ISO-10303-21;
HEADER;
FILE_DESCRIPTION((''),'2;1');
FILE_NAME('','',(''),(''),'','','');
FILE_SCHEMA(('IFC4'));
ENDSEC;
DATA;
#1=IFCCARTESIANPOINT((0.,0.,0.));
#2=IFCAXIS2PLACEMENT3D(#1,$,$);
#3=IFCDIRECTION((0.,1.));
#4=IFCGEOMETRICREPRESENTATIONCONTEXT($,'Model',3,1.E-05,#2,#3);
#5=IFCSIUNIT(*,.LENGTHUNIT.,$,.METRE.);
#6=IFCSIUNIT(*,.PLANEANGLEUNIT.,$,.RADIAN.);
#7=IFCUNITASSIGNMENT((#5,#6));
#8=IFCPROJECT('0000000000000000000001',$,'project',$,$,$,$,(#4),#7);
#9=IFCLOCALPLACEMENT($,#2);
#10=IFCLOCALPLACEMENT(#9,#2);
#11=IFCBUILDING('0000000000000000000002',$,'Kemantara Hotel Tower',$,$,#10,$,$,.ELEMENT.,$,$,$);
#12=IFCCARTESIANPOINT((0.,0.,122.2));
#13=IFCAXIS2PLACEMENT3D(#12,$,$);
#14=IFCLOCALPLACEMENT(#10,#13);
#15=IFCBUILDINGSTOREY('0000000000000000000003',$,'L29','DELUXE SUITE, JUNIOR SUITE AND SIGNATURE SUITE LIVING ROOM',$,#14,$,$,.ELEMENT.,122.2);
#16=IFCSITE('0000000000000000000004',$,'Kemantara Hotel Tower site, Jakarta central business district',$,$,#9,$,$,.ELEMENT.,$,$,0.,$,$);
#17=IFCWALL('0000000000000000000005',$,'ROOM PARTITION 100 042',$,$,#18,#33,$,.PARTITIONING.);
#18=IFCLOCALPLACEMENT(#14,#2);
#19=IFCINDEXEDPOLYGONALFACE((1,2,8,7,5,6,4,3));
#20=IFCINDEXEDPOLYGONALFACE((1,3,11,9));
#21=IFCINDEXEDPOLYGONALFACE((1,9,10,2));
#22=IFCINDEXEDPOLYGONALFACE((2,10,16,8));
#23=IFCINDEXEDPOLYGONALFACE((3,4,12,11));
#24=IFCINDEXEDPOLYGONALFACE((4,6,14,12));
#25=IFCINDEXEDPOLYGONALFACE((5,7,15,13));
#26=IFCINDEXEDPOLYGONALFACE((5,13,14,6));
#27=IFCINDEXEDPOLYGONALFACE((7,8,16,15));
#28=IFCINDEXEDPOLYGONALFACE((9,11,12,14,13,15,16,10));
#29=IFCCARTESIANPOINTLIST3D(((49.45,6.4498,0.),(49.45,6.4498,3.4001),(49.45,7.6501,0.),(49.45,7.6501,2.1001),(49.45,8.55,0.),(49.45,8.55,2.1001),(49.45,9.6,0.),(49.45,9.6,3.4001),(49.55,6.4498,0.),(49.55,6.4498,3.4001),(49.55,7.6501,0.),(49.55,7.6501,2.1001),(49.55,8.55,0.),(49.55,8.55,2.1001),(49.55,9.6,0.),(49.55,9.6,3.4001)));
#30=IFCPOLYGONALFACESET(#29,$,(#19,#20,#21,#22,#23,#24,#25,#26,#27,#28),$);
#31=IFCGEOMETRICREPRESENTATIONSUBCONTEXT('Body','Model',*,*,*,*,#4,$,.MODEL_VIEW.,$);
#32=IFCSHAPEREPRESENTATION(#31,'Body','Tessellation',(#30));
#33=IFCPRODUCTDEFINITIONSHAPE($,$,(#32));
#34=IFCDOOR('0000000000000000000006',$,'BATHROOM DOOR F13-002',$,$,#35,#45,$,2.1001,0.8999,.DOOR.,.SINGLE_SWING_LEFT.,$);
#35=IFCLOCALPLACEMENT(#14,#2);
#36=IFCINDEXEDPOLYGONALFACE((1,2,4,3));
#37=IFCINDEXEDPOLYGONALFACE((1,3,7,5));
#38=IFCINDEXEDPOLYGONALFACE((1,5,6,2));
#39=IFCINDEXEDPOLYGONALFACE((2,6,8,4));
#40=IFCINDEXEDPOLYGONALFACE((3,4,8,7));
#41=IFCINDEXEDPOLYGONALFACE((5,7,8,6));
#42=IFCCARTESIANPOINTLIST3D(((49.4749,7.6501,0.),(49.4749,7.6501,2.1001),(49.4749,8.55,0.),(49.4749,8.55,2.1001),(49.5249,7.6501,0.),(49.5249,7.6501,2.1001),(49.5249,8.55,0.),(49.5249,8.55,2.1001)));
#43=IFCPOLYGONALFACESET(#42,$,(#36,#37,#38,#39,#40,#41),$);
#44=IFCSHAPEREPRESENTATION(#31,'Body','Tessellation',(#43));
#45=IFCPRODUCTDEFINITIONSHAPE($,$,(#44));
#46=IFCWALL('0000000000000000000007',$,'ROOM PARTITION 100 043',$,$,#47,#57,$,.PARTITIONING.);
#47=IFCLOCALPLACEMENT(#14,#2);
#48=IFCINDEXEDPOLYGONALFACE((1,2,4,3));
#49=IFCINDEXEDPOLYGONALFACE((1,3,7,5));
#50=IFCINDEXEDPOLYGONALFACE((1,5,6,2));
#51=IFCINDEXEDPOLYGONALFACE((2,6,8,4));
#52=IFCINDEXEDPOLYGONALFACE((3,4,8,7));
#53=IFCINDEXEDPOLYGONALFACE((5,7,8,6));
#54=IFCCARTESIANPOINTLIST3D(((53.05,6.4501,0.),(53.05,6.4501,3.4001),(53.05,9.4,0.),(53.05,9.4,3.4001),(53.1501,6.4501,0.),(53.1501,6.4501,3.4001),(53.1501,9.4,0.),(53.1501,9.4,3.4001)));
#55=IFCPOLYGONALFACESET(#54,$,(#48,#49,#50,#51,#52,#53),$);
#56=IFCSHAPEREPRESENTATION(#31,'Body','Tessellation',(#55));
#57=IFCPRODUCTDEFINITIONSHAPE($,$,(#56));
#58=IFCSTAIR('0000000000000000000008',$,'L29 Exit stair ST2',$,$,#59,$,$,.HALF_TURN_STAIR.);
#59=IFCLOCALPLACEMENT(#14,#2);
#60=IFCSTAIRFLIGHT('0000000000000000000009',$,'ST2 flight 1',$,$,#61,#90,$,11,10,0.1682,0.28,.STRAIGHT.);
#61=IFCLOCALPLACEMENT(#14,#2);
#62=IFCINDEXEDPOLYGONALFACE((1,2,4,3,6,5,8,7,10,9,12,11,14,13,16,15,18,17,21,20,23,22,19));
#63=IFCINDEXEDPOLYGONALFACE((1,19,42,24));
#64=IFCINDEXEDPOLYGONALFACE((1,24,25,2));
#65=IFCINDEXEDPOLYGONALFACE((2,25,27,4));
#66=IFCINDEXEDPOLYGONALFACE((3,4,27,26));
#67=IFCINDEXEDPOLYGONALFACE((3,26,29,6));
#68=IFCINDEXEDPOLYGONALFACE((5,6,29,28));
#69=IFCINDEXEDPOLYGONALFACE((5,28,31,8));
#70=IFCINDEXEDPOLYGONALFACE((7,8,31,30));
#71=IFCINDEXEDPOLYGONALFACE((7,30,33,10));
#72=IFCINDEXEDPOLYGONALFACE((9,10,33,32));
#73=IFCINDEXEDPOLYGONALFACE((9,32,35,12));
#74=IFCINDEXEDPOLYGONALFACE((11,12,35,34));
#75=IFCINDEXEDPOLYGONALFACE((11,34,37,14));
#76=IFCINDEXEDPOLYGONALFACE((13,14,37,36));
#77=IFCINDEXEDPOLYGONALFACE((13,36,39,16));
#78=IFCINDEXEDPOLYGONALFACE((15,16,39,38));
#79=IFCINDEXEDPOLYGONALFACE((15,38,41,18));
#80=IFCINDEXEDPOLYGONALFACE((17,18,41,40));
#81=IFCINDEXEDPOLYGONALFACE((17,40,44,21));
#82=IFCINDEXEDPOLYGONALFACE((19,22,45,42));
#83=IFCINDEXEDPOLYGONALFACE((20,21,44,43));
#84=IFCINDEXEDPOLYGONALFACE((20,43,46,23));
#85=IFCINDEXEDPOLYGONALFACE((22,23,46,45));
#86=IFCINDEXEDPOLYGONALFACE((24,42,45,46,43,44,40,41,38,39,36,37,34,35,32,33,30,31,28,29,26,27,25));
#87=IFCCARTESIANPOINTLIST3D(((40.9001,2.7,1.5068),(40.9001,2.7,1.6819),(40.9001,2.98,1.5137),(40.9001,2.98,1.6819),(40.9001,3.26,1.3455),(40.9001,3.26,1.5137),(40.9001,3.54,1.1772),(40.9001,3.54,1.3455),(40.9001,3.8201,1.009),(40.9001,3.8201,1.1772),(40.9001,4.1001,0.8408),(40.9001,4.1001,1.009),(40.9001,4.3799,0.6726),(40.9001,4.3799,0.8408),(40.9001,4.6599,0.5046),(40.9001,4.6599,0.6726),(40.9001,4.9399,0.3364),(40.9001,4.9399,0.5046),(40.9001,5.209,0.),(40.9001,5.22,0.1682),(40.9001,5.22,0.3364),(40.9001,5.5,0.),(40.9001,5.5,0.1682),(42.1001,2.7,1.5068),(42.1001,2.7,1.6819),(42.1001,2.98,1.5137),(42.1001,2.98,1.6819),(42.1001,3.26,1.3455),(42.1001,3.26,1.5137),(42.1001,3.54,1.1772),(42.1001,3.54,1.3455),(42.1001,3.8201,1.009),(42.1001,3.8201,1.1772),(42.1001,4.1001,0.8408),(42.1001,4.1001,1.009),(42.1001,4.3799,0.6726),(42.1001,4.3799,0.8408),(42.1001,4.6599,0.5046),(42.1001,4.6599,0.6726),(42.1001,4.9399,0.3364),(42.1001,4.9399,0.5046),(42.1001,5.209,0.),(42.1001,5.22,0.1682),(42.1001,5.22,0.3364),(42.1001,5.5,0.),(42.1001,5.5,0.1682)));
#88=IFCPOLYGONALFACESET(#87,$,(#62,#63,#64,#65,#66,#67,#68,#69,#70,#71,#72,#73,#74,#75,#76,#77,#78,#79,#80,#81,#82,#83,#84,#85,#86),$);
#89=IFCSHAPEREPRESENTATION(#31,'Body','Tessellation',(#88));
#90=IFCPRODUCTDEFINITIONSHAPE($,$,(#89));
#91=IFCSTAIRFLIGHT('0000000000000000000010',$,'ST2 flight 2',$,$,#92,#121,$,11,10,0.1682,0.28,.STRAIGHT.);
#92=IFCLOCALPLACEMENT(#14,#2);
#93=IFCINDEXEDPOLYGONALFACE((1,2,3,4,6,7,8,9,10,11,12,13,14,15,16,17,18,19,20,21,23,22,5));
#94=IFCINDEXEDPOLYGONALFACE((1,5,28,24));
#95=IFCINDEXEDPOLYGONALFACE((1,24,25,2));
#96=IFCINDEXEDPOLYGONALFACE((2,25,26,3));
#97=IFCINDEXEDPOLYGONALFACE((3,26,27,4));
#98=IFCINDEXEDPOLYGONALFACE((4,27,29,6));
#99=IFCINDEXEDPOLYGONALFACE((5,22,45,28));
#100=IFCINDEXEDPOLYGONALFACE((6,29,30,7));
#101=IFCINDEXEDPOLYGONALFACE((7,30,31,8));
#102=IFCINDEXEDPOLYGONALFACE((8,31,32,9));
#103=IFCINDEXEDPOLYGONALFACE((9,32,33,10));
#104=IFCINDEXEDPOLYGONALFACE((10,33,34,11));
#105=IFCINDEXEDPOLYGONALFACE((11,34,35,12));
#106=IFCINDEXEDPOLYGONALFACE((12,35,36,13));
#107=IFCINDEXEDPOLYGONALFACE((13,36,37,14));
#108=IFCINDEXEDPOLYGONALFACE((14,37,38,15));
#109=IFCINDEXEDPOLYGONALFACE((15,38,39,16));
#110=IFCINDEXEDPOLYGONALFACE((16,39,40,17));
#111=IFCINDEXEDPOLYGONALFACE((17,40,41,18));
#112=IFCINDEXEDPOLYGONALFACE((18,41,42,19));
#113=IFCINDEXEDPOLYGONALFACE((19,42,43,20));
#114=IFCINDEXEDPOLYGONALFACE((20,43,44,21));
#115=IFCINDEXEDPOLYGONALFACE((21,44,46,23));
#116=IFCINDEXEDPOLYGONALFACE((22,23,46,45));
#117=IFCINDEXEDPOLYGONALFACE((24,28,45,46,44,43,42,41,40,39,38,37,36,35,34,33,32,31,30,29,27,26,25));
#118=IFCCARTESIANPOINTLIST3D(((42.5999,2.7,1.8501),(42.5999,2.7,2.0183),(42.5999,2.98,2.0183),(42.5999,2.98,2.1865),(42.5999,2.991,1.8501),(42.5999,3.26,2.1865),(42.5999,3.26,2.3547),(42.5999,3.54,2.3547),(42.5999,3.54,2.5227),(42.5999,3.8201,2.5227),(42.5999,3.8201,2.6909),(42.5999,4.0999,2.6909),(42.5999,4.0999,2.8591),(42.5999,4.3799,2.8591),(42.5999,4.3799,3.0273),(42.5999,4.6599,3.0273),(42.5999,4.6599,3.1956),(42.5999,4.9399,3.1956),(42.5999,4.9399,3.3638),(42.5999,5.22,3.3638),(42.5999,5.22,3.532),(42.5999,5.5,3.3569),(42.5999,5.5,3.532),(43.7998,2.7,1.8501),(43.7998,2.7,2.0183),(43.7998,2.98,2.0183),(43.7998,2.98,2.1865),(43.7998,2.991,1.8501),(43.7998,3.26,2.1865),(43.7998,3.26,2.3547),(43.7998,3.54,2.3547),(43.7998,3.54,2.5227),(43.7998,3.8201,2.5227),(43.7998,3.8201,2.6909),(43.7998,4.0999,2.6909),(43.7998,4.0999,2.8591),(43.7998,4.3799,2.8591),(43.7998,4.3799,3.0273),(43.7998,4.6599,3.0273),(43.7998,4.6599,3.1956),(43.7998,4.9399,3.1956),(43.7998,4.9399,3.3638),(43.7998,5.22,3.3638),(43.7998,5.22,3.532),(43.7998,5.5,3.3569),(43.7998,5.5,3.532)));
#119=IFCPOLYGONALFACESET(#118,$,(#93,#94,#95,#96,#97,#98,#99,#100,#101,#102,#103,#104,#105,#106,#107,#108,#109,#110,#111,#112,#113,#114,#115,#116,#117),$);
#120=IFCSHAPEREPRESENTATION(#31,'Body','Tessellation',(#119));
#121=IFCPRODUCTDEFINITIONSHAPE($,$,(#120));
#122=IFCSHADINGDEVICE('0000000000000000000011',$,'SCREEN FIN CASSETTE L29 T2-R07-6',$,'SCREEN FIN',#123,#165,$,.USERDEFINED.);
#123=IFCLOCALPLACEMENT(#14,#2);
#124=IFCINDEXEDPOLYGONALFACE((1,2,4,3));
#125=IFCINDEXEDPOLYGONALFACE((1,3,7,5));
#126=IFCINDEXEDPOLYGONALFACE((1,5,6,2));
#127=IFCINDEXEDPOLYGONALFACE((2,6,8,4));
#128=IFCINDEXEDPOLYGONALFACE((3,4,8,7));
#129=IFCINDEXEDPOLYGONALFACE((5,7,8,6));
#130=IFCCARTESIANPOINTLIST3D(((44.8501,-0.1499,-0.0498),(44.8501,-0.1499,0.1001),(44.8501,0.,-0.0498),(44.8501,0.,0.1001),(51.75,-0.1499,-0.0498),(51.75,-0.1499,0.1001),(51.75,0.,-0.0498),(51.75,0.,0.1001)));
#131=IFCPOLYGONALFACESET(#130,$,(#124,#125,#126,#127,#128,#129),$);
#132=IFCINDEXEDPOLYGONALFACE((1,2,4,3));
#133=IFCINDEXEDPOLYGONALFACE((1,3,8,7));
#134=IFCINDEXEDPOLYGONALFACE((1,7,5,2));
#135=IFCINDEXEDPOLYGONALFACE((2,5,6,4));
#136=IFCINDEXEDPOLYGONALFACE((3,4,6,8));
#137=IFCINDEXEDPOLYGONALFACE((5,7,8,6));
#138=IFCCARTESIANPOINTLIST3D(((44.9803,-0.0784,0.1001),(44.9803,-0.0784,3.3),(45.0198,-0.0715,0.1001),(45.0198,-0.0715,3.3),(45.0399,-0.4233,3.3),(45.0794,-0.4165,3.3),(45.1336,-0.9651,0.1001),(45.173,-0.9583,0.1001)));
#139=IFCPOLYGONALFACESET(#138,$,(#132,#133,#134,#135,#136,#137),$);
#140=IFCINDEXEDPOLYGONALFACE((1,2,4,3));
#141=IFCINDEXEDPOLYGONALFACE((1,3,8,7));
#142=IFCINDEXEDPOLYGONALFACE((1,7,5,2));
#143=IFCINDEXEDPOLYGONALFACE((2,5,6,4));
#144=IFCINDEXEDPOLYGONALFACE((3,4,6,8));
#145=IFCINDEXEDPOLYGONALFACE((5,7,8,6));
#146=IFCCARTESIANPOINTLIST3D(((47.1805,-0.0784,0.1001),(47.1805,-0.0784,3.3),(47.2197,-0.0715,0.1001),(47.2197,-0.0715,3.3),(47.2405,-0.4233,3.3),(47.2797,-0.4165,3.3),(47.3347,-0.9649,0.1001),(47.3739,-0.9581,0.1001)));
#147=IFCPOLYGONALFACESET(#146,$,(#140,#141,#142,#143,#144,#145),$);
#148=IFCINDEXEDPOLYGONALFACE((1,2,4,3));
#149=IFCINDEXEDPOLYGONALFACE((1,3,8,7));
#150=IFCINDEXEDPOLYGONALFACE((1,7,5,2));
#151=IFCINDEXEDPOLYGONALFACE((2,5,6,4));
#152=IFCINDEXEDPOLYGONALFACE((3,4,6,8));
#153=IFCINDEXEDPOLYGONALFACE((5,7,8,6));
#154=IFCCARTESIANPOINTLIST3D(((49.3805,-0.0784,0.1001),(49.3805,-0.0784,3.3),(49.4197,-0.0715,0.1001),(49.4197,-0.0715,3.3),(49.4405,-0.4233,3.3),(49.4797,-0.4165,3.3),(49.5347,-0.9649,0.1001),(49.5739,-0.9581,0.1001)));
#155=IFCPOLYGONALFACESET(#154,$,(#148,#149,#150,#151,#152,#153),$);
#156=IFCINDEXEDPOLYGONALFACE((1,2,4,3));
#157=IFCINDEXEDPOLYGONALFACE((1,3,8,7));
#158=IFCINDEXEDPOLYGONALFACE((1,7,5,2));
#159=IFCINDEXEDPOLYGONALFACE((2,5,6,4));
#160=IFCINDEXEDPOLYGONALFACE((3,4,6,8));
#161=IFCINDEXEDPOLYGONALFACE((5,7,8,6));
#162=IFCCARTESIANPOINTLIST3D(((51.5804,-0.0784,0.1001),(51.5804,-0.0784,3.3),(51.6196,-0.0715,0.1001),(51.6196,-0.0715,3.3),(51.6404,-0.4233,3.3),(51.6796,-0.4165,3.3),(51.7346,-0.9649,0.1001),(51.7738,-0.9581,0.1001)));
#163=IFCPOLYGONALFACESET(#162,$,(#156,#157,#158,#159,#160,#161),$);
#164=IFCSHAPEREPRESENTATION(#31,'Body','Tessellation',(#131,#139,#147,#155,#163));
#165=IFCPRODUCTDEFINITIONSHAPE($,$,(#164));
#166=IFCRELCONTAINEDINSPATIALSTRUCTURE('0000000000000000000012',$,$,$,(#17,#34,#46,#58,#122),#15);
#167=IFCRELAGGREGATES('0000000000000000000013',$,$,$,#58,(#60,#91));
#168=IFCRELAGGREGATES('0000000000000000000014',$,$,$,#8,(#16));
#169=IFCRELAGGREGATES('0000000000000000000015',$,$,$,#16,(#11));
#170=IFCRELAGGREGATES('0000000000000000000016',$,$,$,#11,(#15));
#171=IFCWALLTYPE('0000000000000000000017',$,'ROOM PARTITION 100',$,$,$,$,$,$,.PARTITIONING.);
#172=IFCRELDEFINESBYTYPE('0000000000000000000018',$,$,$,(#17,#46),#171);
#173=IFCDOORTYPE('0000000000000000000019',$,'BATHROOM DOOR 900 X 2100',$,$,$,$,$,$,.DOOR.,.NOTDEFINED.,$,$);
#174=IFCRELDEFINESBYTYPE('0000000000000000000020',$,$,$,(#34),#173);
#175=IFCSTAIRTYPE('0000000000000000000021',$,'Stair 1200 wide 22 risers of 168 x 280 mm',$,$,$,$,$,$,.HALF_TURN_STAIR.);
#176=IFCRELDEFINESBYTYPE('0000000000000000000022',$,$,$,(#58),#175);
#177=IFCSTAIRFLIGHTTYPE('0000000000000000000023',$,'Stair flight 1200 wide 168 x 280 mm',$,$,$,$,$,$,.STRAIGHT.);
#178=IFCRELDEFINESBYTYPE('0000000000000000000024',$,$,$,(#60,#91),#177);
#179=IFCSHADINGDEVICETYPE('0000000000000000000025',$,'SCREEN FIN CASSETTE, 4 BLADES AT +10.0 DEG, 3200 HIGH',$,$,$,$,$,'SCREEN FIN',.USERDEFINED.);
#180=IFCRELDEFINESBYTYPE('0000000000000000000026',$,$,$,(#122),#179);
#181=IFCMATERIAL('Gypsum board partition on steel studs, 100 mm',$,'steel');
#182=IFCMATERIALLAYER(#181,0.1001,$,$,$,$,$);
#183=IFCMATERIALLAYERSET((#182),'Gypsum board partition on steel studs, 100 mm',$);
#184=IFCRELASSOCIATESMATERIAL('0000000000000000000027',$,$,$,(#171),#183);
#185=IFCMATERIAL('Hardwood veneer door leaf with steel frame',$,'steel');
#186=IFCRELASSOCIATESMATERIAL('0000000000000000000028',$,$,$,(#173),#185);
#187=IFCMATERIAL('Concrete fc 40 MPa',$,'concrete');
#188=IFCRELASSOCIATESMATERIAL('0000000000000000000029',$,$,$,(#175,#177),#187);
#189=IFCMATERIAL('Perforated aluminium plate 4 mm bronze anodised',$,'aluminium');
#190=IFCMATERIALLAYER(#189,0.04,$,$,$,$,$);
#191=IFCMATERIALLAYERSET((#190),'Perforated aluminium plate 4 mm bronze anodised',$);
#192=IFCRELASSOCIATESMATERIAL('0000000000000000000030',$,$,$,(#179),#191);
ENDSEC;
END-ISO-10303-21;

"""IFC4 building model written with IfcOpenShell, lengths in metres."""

from ifc_helpers import new_model, si_unit, direction, frame, frame_2d, origin, origin_2d, place, context, subcontext, project, spatial, polyline, rectangle, outline, extrude, source, transform, mapped, material, layer, layer_set, type_object, element, fill, aggregate, save


model = new_model("IFC4")

# Units and contexts
model_context = context("Model", 3, precision=1e-05, world=origin(), true_north=direction((0.0, 1.0)))
body_context = subcontext(model_context, "Body", "Model", "MODEL_VIEW")
ifc_project = project(units=[si_unit("LENGTHUNIT", "METRE"), si_unit("PLANEANGLEUNIT", "RADIAN")], contexts=[model_context])

# Site, building, storey
site_placement = place(None, origin())
site = spatial("IfcSite", under=ifc_project, at=site_placement, Name="Kemantara Hotel Tower site, Jakarta central business district", CompositionType="ELEMENT", RefElevation=0.0)
building_placement = place(site_placement, origin())
building = spatial("IfcBuilding", under=site, at=building_placement, Name="Kemantara Hotel Tower", CompositionType="ELEMENT")
storey_placement = place(building_placement, frame((0.0, 0.0, 122.2)))
storey = spatial("IfcBuildingStorey", under=building, at=storey_placement, Name="L29", Description="DELUXE SUITE, JUNIOR SUITE AND SIGNATURE SUITE LIVING ROOM", CompositionType="ELEMENT", Elevation=122.2)

# Shared definitions
ifc_material_1 = material(Name="Hardwood veneer door leaf with steel frame", Category="steel")

# Shared definitions
ifc_material_2 = material(Name="Gypsum board partition on steel studs, 100 mm", Category="steel")
ifc_layer_1 = layer(ifc_material_2, 0.1001)
ifc_layer_set_1 = layer_set([ifc_layer_1], Name="Gypsum board partition on steel studs, 100 mm")
wall_type_1 = type_object("IfcWallType", Name="ROOM PARTITION 100", PredefinedType="PARTITIONING", material=ifc_layer_set_1)

# Wall, opening, door
wall_1_placement = place(storey_placement, frame((49.5, 9.6001, 0.0), z_axis=(0.0, 0.0, 1.0), x_axis=(0.0, -1.0, 0.0)))
wall_1 = element("IfcWall", 1, at=wall_1_placement, inside=storey, type_object=wall_type_1, Name="ROOM PARTITION 100 042", PredefinedType="PARTITIONING", context=body_context, shape_type="SweptSolid", body=[
    extrude(rectangle(XDim=3.1501, YDim=0.1001, at=frame_2d((1.5752, 0.0))), origin(), (0.0, 0.0, 1.0), 3.4001),
])
opening_1_placement = place(wall_1_placement, frame((1.05, 0.0, 0.0)))
opening_1 = element("IfcOpeningElement", 2, at=opening_1_placement, cuts=wall_1, PredefinedType="OPENING", context=body_context, shape_type="SweptSolid", body=[
    extrude(rectangle(XDim=0.8999, YDim=2.1001, at=frame_2d((0.45, 1.05))), frame((0.0, 0.0601, 0.0), z_axis=(0.0, -1.0, 0.0), x_axis=(1.0, 0.0, 0.0)), (0.0, 0.0, 1.0), 0.1201),
])
door_type_1 = type_object("IfcDoorType", Name="BATHROOM DOOR 900 X 2100", OperationType="NOTDEFINED", PredefinedType="DOOR", material=ifc_material_1)
door_1_placement = place(opening_1_placement, origin())
door_1 = element("IfcDoor", 3, at=door_1_placement, inside=storey, type_object=door_type_1, Name="BATHROOM DOOR F13-002", OperationType="SINGLE_SWING_LEFT", OverallHeight=2.1001, OverallWidth=0.8999, PredefinedType="DOOR", context=body_context, shape_type="SweptSolid", body=[
    extrude(rectangle(XDim=0.8999, YDim=2.1001, at=frame_2d((0.45, 1.05))), frame((0.0, 0.0249, 0.0), z_axis=(0.0, -1.0, 0.0), x_axis=(1.0, 0.0, 0.0)), (0.0, 0.0, 1.0), 0.05),
])
fill(opening_1, door_1)

# Wall
wall_2_placement = place(storey_placement, frame((53.1001, 6.45, 0.0), z_axis=(0.0, 0.0, 1.0), x_axis=(0.0, 1.0, 0.0)))
element("IfcWall", 4, at=wall_2_placement, inside=storey, type_object=wall_type_1, Name="ROOM PARTITION 100 043", PredefinedType="PARTITIONING", context=body_context, shape_type="SweptSolid", body=[
    extrude(rectangle(XDim=2.95, YDim=0.1001, at=frame_2d((1.4751, 0.0))), origin(), (0.0, 0.0, 1.0), 3.4001),
])

# Stair, stair flights
ifc_material_3 = material(Name="Concrete fc 40 MPa", Category="concrete")
stair_type = type_object("IfcStairType", Name="Stair 1200 wide 22 risers of 168 x 280 mm", PredefinedType="HALF_TURN_STAIR", material=ifc_material_3)
stair_placement = place(storey_placement, origin())
stair = element("IfcStair", 5, at=stair_placement, inside=storey, type_object=stair_type, Name="L29 Exit stair ST2", PredefinedType="HALF_TURN_STAIR")
stair_flight_type = type_object("IfcStairFlightType", Name="Stair flight 1200 wide 168 x 280 mm", PredefinedType="STRAIGHT", material=ifc_material_3)
stair_flight_1_placement = place(storey_placement, frame((41.5, 5.5, 0.0), z_axis=(0.0, 0.0, 1.0), x_axis=(0.0, -1.0, 0.0)))
stair_flight_1 = element("IfcStairFlight", 6, at=stair_flight_1_placement, type_object=stair_flight_type, Name="ST2 flight 1", NumberOfRisers=11, NumberOfTreads=10, PredefinedType="STRAIGHT", RiserHeight=0.1682, TreadLength=0.28, context=body_context, shape_type="SweptSolid", body=[
    extrude(outline(polyline([(0.0, 0.0), (0.0, 0.1682), (0.28, 0.1682), (0.28, 0.3364), (0.5601, 0.3364), (0.5601, 0.5046), (0.8401, 0.5046), (0.8401, 0.6726), (1.1201, 0.6726), (1.1201, 0.8408), (1.3999, 0.8408), (1.3999, 1.009), (1.6799, 1.009), (1.6799, 1.1772), (1.96, 1.1772), (1.96, 1.3455), (2.24, 1.3455), (2.24, 1.5137), (2.52, 1.5137), (2.52, 1.6819), (2.8, 1.6819), (2.8, 1.8501), (2.8, 1.5068), (0.291, 0.0), (0.0, 0.0)])), frame((0.0, 0.6001, 0.0), z_axis=(0.0, -1.0, 0.0), x_axis=(1.0, 0.0, 0.0)), (0.0, 0.0, 1.0), 1.2),
])
stair_flight_2_placement = place(storey_placement, frame((43.2, 2.7, 1.8501), z_axis=(0.0, 0.0, 1.0), x_axis=(0.0, 1.0, 0.0)))
stair_flight_2 = element("IfcStairFlight", 7, at=stair_flight_2_placement, type_object=stair_flight_type, Name="ST2 flight 2", NumberOfRisers=11, NumberOfTreads=10, PredefinedType="STRAIGHT", RiserHeight=0.1682, TreadLength=0.28, context=body_context, shape_type="SweptSolid", body=[
    extrude(outline(polyline([(0.0, 0.0), (0.0, 0.1682), (0.28, 0.1682), (0.28, 0.3364), (0.5601, 0.3364), (0.5601, 0.5046), (0.8401, 0.5046), (0.8401, 0.6726), (1.1201, 0.6726), (1.1201, 0.8408), (1.3999, 0.8408), (1.3999, 1.009), (1.6799, 1.009), (1.6799, 1.1772), (1.96, 1.1772), (1.96, 1.3455), (2.24, 1.3455), (2.24, 1.5137), (2.52, 1.5137), (2.52, 1.6819), (2.8, 1.6819), (2.8, 1.8501), (2.8, 1.5068), (0.291, 0.0), (0.0, 0.0)])), frame((0.0, 0.6001, 0.0), z_axis=(0.0, -1.0, 0.0), x_axis=(1.0, 0.0, 0.0)), (0.0, 0.0, 1.0), 1.2),
])
aggregate(stair, [stair_flight_1, stair_flight_2])

# Shading device
ifc_material_4 = material(Name="Perforated aluminium plate 4 mm bronze anodised", Category="aluminium")
ifc_layer_2 = layer(ifc_material_4, 0.04)
ifc_layer_set_2 = layer_set([ifc_layer_2], Name="Perforated aluminium plate 4 mm bronze anodised")
shading_device_type_1 = type_object("IfcShadingDeviceType", Name="SCREEN FIN CASSETTE, 4 BLADES AT +10.0 DEG, 3200 HIGH", ElementType="SCREEN FIN", PredefinedType="USERDEFINED", material=ifc_layer_set_2)
shared_shape_1 = source(origin(), body_context, "Body", "SweptSolid", [
    extrude(rectangle(XDim=6.8999, YDim=0.1499, at=origin_2d()), frame((3.3, -0.075, -0.1499), z_axis=(0.0, 0.0, 1.0), x_axis=(1.0, 0.0, 0.0)), (0.0, 0.0, 1.0), 0.1499),
    extrude(outline(polyline([(0.0, 0.0), (0.8999, 0.0), (0.3501, 3.2), (0.0, 3.2), (0.0, 0.0)])), frame((0.0198, -0.0715, 0.0), z_axis=(-0.98539, -0.170314, 0.0), x_axis=(0.170314, -0.98539, 0.0)), (0.0, 0.0, 1.0), 0.04),
    extrude(outline(polyline([(0.0, 0.0), (0.8999, 0.0), (0.3501, 3.2), (0.0, 3.2), (0.0, 0.0)])), frame((2.2197, -0.0715, 0.0), z_axis=(-0.985212, -0.171341, 0.0), x_axis=(0.171341, -0.985212, 0.0)), (0.0, 0.0, 1.0), 0.0398),
    extrude(outline(polyline([(0.0, 0.0), (0.8999, 0.0), (0.3501, 3.2), (0.0, 3.2), (0.0, 0.0)])), frame((4.4197, -0.0715, 0.0), z_axis=(-0.985212, -0.171341, 0.0), x_axis=(0.171341, -0.985212, 0.0)), (0.0, 0.0, 1.0), 0.0398),
    extrude(outline(polyline([(0.0, 0.0), (0.8999, 0.0), (0.3501, 3.2), (0.0, 3.2), (0.0, 0.0)])), frame((6.6196, -0.0715, 0.0), z_axis=(-0.985212, -0.171341, 0.0), x_axis=(0.171341, -0.985212, 0.0)), (0.0, 0.0, 1.0), 0.0398),
])
shading_device_1_placement = place(storey_placement, frame((45.0, 0.0, 0.1001), z_axis=(0.0, 0.0, 1.0), x_axis=(1.0, 0.0, 0.0)))
element("IfcShadingDevice", 8, at=shading_device_1_placement, inside=storey, type_object=shading_device_type_1, Name="SCREEN FIN CASSETTE L29 T2-R07-6", ObjectType="SCREEN FIN", PredefinedType="USERDEFINED", context=body_context, shape_type="MappedRepresentation", body=[
    mapped(shared_shape_1, transform((0.0, 0.0, 0.0))),
])

save(model, "model.ifc")
